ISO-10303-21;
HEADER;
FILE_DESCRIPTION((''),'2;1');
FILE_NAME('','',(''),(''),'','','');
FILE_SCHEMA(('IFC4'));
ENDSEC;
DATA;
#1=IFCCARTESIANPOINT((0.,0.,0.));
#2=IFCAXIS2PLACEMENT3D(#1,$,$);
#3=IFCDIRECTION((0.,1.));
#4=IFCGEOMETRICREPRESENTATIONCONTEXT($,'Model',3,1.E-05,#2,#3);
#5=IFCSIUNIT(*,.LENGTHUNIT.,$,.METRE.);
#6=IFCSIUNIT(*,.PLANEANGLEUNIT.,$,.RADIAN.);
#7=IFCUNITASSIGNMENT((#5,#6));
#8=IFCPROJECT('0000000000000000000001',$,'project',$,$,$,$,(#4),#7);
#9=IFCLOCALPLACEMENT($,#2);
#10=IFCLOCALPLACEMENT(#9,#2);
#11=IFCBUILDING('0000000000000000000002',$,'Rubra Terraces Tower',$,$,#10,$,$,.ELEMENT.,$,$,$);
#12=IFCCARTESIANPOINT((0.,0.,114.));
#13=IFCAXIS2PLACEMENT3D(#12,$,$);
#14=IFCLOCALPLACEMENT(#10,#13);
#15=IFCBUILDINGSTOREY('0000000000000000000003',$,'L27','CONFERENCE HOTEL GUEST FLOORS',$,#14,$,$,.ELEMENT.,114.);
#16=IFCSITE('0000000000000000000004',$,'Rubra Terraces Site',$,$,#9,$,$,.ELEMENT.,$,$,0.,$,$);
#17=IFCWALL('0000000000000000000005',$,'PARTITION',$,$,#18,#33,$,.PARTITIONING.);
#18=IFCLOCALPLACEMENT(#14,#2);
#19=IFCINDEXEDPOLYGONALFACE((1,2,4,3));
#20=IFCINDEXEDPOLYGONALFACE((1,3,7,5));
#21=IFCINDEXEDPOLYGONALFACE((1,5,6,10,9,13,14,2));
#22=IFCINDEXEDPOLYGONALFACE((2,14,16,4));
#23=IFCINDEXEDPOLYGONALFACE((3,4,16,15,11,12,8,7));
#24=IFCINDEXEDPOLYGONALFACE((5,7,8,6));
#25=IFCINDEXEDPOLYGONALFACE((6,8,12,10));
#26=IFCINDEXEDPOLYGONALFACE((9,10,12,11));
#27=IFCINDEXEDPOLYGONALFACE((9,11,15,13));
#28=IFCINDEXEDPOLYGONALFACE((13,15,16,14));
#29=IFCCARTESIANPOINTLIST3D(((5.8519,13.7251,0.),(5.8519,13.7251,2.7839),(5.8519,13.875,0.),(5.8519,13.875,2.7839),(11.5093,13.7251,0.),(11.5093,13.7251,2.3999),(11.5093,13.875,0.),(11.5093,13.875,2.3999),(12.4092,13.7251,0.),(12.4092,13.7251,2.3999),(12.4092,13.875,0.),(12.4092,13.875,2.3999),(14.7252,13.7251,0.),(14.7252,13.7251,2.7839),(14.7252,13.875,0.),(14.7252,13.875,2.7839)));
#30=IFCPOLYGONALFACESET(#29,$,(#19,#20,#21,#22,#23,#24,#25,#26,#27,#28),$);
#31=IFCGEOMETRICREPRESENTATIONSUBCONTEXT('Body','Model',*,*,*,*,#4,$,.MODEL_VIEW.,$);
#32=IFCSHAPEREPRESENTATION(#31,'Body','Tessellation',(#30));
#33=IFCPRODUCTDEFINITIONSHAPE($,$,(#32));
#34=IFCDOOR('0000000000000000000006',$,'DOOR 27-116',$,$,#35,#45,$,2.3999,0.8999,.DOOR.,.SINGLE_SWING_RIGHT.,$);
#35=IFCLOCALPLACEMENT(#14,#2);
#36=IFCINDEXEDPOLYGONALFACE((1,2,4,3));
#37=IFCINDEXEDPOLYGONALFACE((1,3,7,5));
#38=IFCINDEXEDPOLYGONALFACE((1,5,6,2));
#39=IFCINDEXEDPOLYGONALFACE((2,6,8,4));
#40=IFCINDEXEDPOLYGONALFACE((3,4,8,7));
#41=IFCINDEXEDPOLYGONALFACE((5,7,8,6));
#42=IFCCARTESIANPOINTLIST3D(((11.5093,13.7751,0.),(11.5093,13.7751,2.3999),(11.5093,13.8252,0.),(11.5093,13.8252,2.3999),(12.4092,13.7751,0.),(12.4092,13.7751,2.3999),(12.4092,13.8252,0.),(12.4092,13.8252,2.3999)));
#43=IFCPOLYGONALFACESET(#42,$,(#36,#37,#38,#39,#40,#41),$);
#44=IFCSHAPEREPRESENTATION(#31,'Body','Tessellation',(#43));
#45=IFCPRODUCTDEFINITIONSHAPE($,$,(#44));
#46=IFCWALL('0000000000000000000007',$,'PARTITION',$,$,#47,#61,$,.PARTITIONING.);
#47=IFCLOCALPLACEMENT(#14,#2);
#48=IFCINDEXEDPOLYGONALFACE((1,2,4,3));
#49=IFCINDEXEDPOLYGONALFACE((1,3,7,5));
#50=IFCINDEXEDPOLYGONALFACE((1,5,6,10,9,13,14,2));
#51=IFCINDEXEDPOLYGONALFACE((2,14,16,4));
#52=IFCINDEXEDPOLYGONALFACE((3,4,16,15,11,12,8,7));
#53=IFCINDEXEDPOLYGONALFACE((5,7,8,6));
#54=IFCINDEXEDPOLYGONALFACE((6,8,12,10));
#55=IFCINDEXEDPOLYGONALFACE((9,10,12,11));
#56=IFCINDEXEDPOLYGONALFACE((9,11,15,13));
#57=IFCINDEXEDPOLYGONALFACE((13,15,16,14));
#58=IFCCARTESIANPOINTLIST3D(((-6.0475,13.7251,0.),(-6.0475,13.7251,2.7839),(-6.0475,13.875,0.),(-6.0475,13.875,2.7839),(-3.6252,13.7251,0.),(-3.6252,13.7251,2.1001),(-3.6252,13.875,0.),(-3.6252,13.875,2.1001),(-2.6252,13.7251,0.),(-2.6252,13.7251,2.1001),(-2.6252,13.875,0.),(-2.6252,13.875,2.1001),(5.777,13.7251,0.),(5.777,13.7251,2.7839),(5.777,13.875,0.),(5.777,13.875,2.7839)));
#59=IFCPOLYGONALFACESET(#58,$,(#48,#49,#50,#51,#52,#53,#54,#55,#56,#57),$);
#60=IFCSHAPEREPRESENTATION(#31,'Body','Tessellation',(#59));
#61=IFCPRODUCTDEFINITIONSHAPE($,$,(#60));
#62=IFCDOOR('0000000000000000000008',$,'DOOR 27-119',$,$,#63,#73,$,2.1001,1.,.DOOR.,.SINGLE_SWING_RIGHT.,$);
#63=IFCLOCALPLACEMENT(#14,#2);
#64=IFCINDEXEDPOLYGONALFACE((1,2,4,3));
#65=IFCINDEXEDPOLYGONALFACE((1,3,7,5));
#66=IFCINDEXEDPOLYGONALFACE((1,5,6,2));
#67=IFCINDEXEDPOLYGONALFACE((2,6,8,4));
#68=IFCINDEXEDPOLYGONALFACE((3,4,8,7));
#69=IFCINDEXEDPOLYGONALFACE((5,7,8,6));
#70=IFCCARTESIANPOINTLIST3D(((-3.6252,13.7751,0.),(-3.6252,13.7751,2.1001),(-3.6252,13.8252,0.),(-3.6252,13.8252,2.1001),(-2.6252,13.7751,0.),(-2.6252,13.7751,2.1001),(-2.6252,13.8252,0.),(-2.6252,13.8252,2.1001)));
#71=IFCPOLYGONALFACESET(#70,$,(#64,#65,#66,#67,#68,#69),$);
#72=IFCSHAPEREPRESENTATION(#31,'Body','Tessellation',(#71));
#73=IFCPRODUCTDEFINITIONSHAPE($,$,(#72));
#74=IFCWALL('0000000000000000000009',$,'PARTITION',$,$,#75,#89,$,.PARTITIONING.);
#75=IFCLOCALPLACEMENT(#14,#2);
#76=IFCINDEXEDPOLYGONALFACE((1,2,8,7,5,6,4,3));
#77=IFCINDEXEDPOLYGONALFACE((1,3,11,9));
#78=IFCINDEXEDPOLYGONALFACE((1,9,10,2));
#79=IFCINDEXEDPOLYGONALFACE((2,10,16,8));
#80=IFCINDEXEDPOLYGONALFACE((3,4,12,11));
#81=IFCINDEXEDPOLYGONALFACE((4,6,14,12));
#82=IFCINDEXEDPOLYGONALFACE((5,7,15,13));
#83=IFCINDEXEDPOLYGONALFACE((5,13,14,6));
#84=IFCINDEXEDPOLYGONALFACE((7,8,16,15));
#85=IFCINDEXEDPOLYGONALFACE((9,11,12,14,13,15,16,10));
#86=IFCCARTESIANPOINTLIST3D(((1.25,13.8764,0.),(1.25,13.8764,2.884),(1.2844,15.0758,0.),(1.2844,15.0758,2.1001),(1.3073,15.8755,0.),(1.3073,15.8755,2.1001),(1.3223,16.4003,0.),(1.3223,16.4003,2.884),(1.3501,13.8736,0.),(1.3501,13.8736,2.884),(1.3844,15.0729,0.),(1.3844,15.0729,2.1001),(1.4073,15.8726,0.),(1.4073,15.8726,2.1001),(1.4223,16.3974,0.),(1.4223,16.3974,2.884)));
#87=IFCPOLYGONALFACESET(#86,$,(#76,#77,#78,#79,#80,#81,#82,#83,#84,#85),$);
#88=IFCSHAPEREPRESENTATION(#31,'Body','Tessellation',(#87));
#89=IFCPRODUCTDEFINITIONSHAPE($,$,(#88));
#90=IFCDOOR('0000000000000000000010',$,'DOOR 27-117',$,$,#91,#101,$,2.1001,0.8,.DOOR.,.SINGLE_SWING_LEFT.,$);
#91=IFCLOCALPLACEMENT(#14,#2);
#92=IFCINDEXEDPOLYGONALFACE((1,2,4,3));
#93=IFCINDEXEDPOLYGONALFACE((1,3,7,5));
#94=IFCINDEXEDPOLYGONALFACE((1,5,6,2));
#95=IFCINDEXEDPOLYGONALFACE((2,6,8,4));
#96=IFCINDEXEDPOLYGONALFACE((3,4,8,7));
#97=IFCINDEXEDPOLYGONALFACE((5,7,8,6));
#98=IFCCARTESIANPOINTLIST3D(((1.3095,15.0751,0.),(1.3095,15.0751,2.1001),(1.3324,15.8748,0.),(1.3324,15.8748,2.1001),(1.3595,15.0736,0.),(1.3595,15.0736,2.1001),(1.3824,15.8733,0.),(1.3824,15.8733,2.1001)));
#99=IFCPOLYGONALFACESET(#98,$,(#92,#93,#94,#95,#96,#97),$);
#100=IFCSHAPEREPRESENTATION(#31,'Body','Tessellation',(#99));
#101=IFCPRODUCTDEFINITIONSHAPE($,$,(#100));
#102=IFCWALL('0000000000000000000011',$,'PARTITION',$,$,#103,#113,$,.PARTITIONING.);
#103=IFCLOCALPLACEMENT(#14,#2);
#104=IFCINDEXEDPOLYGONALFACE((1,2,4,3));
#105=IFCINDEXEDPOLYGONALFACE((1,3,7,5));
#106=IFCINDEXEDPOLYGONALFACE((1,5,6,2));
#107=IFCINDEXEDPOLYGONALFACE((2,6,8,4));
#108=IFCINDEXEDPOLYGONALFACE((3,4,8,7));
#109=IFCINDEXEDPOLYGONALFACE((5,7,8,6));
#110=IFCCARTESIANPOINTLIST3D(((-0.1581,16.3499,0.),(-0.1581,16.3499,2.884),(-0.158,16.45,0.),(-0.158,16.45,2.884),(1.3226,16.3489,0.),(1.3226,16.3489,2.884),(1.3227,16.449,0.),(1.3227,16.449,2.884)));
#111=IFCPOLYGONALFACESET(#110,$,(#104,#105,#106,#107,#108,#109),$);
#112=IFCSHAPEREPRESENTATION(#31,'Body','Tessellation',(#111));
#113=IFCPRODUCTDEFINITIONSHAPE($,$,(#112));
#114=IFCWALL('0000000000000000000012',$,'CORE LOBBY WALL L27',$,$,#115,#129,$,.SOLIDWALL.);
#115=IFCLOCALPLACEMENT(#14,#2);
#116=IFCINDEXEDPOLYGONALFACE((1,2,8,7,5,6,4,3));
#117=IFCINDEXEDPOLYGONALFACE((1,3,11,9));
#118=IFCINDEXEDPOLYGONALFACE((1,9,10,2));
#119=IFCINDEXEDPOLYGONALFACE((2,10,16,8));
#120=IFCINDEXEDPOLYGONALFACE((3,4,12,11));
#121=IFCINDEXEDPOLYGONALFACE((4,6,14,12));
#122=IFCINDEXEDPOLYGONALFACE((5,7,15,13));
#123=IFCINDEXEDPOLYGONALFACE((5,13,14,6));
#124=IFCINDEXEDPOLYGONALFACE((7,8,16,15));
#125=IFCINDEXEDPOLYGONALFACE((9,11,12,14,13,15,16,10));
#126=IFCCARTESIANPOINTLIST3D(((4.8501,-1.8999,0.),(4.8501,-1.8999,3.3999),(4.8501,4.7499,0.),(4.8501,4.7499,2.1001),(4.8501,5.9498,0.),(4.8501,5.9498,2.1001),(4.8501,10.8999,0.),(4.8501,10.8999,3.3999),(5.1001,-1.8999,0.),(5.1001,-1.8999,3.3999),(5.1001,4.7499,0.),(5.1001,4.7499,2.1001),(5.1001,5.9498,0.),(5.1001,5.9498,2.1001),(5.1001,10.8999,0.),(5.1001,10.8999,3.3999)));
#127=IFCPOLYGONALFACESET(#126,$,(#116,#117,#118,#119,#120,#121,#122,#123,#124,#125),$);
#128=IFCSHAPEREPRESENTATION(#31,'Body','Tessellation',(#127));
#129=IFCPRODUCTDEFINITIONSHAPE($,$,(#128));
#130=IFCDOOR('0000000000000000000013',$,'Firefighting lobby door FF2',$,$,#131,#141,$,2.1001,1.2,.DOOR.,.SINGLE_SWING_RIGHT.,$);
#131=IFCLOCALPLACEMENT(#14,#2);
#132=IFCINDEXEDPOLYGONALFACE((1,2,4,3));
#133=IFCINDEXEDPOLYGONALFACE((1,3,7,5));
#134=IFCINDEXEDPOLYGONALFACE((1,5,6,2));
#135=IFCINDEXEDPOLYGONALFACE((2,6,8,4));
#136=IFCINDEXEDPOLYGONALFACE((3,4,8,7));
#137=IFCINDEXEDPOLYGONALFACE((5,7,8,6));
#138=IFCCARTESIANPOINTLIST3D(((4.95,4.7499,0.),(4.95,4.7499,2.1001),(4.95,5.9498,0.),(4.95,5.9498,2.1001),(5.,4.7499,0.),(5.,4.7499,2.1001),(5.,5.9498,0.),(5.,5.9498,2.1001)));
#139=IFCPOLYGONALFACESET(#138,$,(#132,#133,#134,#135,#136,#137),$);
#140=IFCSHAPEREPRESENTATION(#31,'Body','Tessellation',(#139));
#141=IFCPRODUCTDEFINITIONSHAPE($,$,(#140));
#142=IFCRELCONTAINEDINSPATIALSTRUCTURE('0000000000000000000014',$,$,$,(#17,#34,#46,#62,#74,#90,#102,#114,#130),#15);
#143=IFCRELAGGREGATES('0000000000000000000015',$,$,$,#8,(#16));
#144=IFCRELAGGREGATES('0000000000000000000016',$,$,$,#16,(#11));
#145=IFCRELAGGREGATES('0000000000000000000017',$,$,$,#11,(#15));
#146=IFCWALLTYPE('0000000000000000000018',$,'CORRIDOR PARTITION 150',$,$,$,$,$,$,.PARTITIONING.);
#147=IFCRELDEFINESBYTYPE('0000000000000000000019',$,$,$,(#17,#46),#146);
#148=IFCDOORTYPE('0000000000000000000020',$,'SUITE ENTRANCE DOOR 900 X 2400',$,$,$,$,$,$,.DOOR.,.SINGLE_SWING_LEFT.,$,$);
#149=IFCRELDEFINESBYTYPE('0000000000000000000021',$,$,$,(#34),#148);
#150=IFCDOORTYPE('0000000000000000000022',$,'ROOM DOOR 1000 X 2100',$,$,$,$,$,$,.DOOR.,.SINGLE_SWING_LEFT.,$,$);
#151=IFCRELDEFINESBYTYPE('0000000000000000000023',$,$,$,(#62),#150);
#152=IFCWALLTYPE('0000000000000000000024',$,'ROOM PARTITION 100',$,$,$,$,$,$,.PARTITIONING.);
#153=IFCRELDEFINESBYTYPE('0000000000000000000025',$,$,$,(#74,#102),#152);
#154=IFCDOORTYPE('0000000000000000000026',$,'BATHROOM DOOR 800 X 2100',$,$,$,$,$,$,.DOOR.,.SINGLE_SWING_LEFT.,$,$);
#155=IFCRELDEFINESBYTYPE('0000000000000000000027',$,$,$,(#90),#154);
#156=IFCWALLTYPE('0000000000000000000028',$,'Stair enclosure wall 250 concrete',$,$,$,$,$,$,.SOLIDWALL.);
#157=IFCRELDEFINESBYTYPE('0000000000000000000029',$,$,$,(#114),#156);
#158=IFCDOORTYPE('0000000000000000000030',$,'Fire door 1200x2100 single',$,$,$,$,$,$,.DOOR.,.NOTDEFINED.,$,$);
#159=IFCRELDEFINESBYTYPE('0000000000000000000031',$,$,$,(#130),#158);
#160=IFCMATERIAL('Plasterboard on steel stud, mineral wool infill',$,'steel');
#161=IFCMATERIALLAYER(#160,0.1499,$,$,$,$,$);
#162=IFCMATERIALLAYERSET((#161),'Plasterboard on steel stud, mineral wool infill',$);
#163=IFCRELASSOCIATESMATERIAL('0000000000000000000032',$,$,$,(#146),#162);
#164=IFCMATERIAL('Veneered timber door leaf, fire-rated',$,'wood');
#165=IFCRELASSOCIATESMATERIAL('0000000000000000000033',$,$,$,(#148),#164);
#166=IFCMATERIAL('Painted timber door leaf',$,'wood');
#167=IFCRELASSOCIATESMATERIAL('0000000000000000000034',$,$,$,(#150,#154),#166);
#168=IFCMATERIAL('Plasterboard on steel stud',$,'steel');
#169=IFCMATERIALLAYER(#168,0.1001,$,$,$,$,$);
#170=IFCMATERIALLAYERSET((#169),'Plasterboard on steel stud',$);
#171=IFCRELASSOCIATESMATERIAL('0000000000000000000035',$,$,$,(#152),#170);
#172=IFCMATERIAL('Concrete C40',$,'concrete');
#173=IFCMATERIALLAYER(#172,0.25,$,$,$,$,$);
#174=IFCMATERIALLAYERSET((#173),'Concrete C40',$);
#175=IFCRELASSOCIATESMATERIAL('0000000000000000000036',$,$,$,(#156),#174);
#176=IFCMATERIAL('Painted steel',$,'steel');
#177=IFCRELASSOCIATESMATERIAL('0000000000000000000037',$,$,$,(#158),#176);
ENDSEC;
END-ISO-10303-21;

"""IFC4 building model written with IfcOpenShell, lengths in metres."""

from ifc_helpers import new_model, si_unit, direction, frame, frame_2d, origin, place, context, subcontext, project, spatial, rectangle, extrude, material, layer, layer_set, type_object, element, fill, save


model = new_model("IFC4")

# Units and contexts
model_context = context("Model", 3, precision=1e-05, world=origin(), true_north=direction((0.0, 1.0)))
body_context = subcontext(model_context, "Body", "Model", "MODEL_VIEW")
ifc_project = project(units=[si_unit("LENGTHUNIT", "METRE"), si_unit("PLANEANGLEUNIT", "RADIAN")], contexts=[model_context])

# Site, building, storey
site_placement = place(None, origin())
site = spatial("IfcSite", under=ifc_project, at=site_placement, Name="Rubra Terraces Site", CompositionType="ELEMENT", RefElevation=0.0)
building_placement = place(site_placement, origin())
building = spatial("IfcBuilding", under=site, at=building_placement, Name="Rubra Terraces Tower", CompositionType="ELEMENT")
storey_placement = place(building_placement, frame((0.0, 0.0, 114.0)))
storey = spatial("IfcBuildingStorey", under=building, at=storey_placement, Name="L27", Description="CONFERENCE HOTEL GUEST FLOORS", CompositionType="ELEMENT", Elevation=114.0)

# Walls, openings, doors
ifc_material_1 = material(Name="Plasterboard on steel stud, mineral wool infill", Category="steel")
ifc_layer_1 = layer(ifc_material_1, 0.1499)
ifc_layer_set_1 = layer_set([ifc_layer_1], Name="Plasterboard on steel stud, mineral wool infill")
wall_type_1 = type_object("IfcWallType", Name="CORRIDOR PARTITION 150", PredefinedType="PARTITIONING", material=ifc_layer_set_1)
wall_1_placement = place(storey_placement, frame((14.7251, 13.8, 0.0), z_axis=(0.0, 0.0, 1.0), x_axis=(-1.0, 0.0, 0.0)))
wall_1 = element("IfcWall", 1, at=wall_1_placement, inside=storey, type_object=wall_type_1, Name="PARTITION", PredefinedType="PARTITIONING", context=body_context, shape_type="SweptSolid", body=[
    extrude(rectangle(XDim=8.8733, YDim=0.1499, at=frame_2d((4.4365, 0.0))), origin(), (0.0, 0.0, 1.0), 2.7839),
])
opening_1_placement = place(wall_1_placement, frame((2.3159, 0.0, 0.0)))
opening_1 = element("IfcOpeningElement", 2, at=opening_1_placement, cuts=wall_1, PredefinedType="OPENING", context=body_context, shape_type="SweptSolid", body=[
    extrude(rectangle(XDim=0.8999, YDim=2.3999, at=frame_2d((0.45, 1.2))), frame((0.0, 0.085, 0.0), z_axis=(0.0, -1.0, 0.0), x_axis=(1.0, 0.0, 0.0)), (0.0, 0.0, 1.0), 0.1699),
])
ifc_material_2 = material(Name="Veneered timber door leaf, fire-rated", Category="wood")
door_type_1 = type_object("IfcDoorType", Name="SUITE ENTRANCE DOOR 900 X 2400", OperationType="SINGLE_SWING_LEFT", PredefinedType="DOOR", material=ifc_material_2)
door_1_placement = place(opening_1_placement, origin())
door_1 = element("IfcDoor", 3, at=door_1_placement, inside=storey, type_object=door_type_1, Name="DOOR 27-116", OperationType="SINGLE_SWING_RIGHT", OverallHeight=2.3999, OverallWidth=0.8999, PredefinedType="DOOR", context=body_context, shape_type="SweptSolid", body=[
    extrude(rectangle(XDim=0.8999, YDim=2.3999, at=frame_2d((0.45, 1.2))), frame((0.0, 0.0249, 0.0), z_axis=(0.0, -1.0, 0.0), x_axis=(1.0, 0.0, 0.0)), (0.0, 0.0, 1.0), 0.05),
])
fill(opening_1, door_1)
wall_2_placement = place(storey_placement, frame((5.7769, 13.8, 0.0), z_axis=(0.0, 0.0, 1.0), x_axis=(-1.0, 0.0, 0.0)))
wall_2 = element("IfcWall", 4, at=wall_2_placement, inside=storey, type_object=wall_type_1, Name="PARTITION", PredefinedType="PARTITIONING", context=body_context, shape_type="SweptSolid", body=[
    extrude(rectangle(XDim=11.8245, YDim=0.1499, at=frame_2d((5.9121, 0.0))), origin(), (0.0, 0.0, 1.0), 2.7839),
])
opening_2_placement = place(wall_2_placement, frame((8.4021, 0.0, 0.0)))
opening_2 = element("IfcOpeningElement", 5, at=opening_2_placement, cuts=wall_2, PredefinedType="OPENING", context=body_context, shape_type="SweptSolid", body=[
    extrude(rectangle(XDim=1.0, YDim=2.1001, at=frame_2d((0.5, 1.05))), frame((0.0, 0.085, 0.0), z_axis=(0.0, -1.0, 0.0), x_axis=(1.0, 0.0, 0.0)), (0.0, 0.0, 1.0), 0.1699),
])
ifc_material_3 = material(Name="Painted timber door leaf", Category="wood")
door_type_2 = type_object("IfcDoorType", Name="ROOM DOOR 1000 X 2100", OperationType="SINGLE_SWING_LEFT", PredefinedType="DOOR", material=ifc_material_3)
door_2_placement = place(opening_2_placement, origin())
door_2 = element("IfcDoor", 6, at=door_2_placement, inside=storey, type_object=door_type_2, Name="DOOR 27-119", OperationType="SINGLE_SWING_RIGHT", OverallHeight=2.1001, OverallWidth=1.0, PredefinedType="DOOR", context=body_context, shape_type="SweptSolid", body=[
    extrude(rectangle(XDim=1.0, YDim=2.1001, at=frame_2d((0.5, 1.05))), frame((0.0, 0.0249, 0.0), z_axis=(0.0, -1.0, 0.0), x_axis=(1.0, 0.0, 0.0)), (0.0, 0.0, 1.0), 0.05),
])
fill(opening_2, door_2)
ifc_material_4 = material(Name="Plasterboard on steel stud", Category="steel")
ifc_layer_2 = layer(ifc_material_4, 0.1001)
ifc_layer_set_2 = layer_set([ifc_layer_2], Name="Plasterboard on steel stud")
wall_type_2 = type_object("IfcWallType", Name="ROOM PARTITION 100", PredefinedType="PARTITIONING", material=ifc_layer_set_2)
wall_3_placement = place(storey_placement, frame((1.3, 13.875, 0.0), z_axis=(0.0, 0.0, 1.0), x_axis=(0.028621, 0.99959, 0.0)))
wall_3 = element("IfcWall", 7, at=wall_3_placement, inside=storey, type_object=wall_type_2, Name="PARTITION", PredefinedType="PARTITIONING", context=body_context, shape_type="SweptSolid", body=[
    extrude(rectangle(XDim=2.5249, YDim=0.1001, at=frame_2d((1.2625, 0.0))), origin(), (0.0, 0.0, 1.0), 2.884),
])
opening_3_placement = place(wall_3_placement, frame((1.2, 0.0, 0.0)))
opening_3 = element("IfcOpeningElement", 8, at=opening_3_placement, cuts=wall_3, PredefinedType="OPENING", context=body_context, shape_type="SweptSolid", body=[
    extrude(rectangle(XDim=0.8, YDim=2.1001, at=frame_2d((0.3999, 1.05))), frame((0.0, 0.0601, 0.0), z_axis=(0.0, -1.0, 0.0), x_axis=(1.0, 0.0, 0.0)), (0.0, 0.0, 1.0), 0.1201),
])
door_type_3 = type_object("IfcDoorType", Name="BATHROOM DOOR 800 X 2100", OperationType="SINGLE_SWING_LEFT", PredefinedType="DOOR", material=ifc_material_3)
door_3_placement = place(opening_3_placement, origin())
door_3 = element("IfcDoor", 9, at=door_3_placement, inside=storey, type_object=door_type_3, Name="DOOR 27-117", OperationType="SINGLE_SWING_LEFT", OverallHeight=2.1001, OverallWidth=0.8, PredefinedType="DOOR", context=body_context, shape_type="SweptSolid", body=[
    extrude(rectangle(XDim=0.8, YDim=2.1001, at=frame_2d((0.3999, 1.05))), frame((0.0, 0.0249, 0.0), z_axis=(0.0, -1.0, 0.0), x_axis=(1.0, 0.0, 0.0)), (0.0, 0.0, 1.0), 0.05),
])
fill(opening_3, door_3)

# Wall
wall_4_placement = place(storey_placement, frame((1.3225, 16.3989, 0.0), z_axis=(0.0, 0.0, 1.0), x_axis=(-1.0, 0.00066, 0.0)))
element("IfcWall", 10, at=wall_4_placement, inside=storey, type_object=wall_type_2, Name="PARTITION", PredefinedType="PARTITIONING", context=body_context, shape_type="SweptSolid", body=[
    extrude(rectangle(XDim=1.4807, YDim=0.1001, at=frame_2d((0.7402, 0.0))), origin(), (0.0, 0.0, 1.0), 2.884),
])

# Wall, opening, door
ifc_material_5 = material(Name="Concrete C40", Category="concrete")
ifc_layer_3 = layer(ifc_material_5, 0.25)
ifc_layer_set_3 = layer_set([ifc_layer_3], Name="Concrete C40")
wall_type_3 = type_object("IfcWallType", Name="Stair enclosure wall 250 concrete", PredefinedType="SOLIDWALL", material=ifc_layer_set_3)
wall_5_placement = place(storey_placement, frame((4.9751, 10.8999, 0.0), z_axis=(0.0, 0.0, 1.0), x_axis=(0.0, -1.0, 0.0)))
wall_5 = element("IfcWall", 11, at=wall_5_placement, inside=storey, type_object=wall_type_3, Name="CORE LOBBY WALL L27", PredefinedType="SOLIDWALL", context=body_context, shape_type="SweptSolid", body=[
    extrude(rectangle(XDim=12.7998, YDim=0.25, at=frame_2d((6.3999, 0.0))), origin(), (0.0, 0.0, 1.0), 3.3999),
])
opening_4_placement = place(wall_5_placement, frame((4.95, 0.0, 0.0)))
opening_4 = element("IfcOpeningElement", 12, at=opening_4_placement, cuts=wall_5, PredefinedType="OPENING", context=body_context, shape_type="SweptSolid", body=[
    extrude(rectangle(XDim=1.2, YDim=2.1001, at=frame_2d((0.6001, 1.05))), frame((0.0, 0.135, 0.0), z_axis=(0.0, -1.0, 0.0), x_axis=(1.0, 0.0, 0.0)), (0.0, 0.0, 1.0), 0.27),
])
ifc_material_6 = material(Name="Painted steel", Category="steel")
door_type_4 = type_object("IfcDoorType", Name="Fire door 1200x2100 single", OperationType="NOTDEFINED", PredefinedType="DOOR", material=ifc_material_6)
door_4_placement = place(opening_4_placement, origin())
door_4 = element("IfcDoor", 13, at=door_4_placement, inside=storey, type_object=door_type_4, Name="Firefighting lobby door FF2", OperationType="SINGLE_SWING_RIGHT", OverallHeight=2.1001, OverallWidth=1.2, PredefinedType="DOOR", context=body_context, shape_type="SweptSolid", body=[
    extrude(rectangle(XDim=1.2, YDim=2.1001, at=frame_2d((0.6001, 1.05))), frame((0.0, 0.0249, 0.0), z_axis=(0.0, -1.0, 0.0), x_axis=(1.0, 0.0, 0.0)), (0.0, 0.0, 1.0), 0.05),
])
fill(opening_4, door_4)

save(model, "model.ifc")
